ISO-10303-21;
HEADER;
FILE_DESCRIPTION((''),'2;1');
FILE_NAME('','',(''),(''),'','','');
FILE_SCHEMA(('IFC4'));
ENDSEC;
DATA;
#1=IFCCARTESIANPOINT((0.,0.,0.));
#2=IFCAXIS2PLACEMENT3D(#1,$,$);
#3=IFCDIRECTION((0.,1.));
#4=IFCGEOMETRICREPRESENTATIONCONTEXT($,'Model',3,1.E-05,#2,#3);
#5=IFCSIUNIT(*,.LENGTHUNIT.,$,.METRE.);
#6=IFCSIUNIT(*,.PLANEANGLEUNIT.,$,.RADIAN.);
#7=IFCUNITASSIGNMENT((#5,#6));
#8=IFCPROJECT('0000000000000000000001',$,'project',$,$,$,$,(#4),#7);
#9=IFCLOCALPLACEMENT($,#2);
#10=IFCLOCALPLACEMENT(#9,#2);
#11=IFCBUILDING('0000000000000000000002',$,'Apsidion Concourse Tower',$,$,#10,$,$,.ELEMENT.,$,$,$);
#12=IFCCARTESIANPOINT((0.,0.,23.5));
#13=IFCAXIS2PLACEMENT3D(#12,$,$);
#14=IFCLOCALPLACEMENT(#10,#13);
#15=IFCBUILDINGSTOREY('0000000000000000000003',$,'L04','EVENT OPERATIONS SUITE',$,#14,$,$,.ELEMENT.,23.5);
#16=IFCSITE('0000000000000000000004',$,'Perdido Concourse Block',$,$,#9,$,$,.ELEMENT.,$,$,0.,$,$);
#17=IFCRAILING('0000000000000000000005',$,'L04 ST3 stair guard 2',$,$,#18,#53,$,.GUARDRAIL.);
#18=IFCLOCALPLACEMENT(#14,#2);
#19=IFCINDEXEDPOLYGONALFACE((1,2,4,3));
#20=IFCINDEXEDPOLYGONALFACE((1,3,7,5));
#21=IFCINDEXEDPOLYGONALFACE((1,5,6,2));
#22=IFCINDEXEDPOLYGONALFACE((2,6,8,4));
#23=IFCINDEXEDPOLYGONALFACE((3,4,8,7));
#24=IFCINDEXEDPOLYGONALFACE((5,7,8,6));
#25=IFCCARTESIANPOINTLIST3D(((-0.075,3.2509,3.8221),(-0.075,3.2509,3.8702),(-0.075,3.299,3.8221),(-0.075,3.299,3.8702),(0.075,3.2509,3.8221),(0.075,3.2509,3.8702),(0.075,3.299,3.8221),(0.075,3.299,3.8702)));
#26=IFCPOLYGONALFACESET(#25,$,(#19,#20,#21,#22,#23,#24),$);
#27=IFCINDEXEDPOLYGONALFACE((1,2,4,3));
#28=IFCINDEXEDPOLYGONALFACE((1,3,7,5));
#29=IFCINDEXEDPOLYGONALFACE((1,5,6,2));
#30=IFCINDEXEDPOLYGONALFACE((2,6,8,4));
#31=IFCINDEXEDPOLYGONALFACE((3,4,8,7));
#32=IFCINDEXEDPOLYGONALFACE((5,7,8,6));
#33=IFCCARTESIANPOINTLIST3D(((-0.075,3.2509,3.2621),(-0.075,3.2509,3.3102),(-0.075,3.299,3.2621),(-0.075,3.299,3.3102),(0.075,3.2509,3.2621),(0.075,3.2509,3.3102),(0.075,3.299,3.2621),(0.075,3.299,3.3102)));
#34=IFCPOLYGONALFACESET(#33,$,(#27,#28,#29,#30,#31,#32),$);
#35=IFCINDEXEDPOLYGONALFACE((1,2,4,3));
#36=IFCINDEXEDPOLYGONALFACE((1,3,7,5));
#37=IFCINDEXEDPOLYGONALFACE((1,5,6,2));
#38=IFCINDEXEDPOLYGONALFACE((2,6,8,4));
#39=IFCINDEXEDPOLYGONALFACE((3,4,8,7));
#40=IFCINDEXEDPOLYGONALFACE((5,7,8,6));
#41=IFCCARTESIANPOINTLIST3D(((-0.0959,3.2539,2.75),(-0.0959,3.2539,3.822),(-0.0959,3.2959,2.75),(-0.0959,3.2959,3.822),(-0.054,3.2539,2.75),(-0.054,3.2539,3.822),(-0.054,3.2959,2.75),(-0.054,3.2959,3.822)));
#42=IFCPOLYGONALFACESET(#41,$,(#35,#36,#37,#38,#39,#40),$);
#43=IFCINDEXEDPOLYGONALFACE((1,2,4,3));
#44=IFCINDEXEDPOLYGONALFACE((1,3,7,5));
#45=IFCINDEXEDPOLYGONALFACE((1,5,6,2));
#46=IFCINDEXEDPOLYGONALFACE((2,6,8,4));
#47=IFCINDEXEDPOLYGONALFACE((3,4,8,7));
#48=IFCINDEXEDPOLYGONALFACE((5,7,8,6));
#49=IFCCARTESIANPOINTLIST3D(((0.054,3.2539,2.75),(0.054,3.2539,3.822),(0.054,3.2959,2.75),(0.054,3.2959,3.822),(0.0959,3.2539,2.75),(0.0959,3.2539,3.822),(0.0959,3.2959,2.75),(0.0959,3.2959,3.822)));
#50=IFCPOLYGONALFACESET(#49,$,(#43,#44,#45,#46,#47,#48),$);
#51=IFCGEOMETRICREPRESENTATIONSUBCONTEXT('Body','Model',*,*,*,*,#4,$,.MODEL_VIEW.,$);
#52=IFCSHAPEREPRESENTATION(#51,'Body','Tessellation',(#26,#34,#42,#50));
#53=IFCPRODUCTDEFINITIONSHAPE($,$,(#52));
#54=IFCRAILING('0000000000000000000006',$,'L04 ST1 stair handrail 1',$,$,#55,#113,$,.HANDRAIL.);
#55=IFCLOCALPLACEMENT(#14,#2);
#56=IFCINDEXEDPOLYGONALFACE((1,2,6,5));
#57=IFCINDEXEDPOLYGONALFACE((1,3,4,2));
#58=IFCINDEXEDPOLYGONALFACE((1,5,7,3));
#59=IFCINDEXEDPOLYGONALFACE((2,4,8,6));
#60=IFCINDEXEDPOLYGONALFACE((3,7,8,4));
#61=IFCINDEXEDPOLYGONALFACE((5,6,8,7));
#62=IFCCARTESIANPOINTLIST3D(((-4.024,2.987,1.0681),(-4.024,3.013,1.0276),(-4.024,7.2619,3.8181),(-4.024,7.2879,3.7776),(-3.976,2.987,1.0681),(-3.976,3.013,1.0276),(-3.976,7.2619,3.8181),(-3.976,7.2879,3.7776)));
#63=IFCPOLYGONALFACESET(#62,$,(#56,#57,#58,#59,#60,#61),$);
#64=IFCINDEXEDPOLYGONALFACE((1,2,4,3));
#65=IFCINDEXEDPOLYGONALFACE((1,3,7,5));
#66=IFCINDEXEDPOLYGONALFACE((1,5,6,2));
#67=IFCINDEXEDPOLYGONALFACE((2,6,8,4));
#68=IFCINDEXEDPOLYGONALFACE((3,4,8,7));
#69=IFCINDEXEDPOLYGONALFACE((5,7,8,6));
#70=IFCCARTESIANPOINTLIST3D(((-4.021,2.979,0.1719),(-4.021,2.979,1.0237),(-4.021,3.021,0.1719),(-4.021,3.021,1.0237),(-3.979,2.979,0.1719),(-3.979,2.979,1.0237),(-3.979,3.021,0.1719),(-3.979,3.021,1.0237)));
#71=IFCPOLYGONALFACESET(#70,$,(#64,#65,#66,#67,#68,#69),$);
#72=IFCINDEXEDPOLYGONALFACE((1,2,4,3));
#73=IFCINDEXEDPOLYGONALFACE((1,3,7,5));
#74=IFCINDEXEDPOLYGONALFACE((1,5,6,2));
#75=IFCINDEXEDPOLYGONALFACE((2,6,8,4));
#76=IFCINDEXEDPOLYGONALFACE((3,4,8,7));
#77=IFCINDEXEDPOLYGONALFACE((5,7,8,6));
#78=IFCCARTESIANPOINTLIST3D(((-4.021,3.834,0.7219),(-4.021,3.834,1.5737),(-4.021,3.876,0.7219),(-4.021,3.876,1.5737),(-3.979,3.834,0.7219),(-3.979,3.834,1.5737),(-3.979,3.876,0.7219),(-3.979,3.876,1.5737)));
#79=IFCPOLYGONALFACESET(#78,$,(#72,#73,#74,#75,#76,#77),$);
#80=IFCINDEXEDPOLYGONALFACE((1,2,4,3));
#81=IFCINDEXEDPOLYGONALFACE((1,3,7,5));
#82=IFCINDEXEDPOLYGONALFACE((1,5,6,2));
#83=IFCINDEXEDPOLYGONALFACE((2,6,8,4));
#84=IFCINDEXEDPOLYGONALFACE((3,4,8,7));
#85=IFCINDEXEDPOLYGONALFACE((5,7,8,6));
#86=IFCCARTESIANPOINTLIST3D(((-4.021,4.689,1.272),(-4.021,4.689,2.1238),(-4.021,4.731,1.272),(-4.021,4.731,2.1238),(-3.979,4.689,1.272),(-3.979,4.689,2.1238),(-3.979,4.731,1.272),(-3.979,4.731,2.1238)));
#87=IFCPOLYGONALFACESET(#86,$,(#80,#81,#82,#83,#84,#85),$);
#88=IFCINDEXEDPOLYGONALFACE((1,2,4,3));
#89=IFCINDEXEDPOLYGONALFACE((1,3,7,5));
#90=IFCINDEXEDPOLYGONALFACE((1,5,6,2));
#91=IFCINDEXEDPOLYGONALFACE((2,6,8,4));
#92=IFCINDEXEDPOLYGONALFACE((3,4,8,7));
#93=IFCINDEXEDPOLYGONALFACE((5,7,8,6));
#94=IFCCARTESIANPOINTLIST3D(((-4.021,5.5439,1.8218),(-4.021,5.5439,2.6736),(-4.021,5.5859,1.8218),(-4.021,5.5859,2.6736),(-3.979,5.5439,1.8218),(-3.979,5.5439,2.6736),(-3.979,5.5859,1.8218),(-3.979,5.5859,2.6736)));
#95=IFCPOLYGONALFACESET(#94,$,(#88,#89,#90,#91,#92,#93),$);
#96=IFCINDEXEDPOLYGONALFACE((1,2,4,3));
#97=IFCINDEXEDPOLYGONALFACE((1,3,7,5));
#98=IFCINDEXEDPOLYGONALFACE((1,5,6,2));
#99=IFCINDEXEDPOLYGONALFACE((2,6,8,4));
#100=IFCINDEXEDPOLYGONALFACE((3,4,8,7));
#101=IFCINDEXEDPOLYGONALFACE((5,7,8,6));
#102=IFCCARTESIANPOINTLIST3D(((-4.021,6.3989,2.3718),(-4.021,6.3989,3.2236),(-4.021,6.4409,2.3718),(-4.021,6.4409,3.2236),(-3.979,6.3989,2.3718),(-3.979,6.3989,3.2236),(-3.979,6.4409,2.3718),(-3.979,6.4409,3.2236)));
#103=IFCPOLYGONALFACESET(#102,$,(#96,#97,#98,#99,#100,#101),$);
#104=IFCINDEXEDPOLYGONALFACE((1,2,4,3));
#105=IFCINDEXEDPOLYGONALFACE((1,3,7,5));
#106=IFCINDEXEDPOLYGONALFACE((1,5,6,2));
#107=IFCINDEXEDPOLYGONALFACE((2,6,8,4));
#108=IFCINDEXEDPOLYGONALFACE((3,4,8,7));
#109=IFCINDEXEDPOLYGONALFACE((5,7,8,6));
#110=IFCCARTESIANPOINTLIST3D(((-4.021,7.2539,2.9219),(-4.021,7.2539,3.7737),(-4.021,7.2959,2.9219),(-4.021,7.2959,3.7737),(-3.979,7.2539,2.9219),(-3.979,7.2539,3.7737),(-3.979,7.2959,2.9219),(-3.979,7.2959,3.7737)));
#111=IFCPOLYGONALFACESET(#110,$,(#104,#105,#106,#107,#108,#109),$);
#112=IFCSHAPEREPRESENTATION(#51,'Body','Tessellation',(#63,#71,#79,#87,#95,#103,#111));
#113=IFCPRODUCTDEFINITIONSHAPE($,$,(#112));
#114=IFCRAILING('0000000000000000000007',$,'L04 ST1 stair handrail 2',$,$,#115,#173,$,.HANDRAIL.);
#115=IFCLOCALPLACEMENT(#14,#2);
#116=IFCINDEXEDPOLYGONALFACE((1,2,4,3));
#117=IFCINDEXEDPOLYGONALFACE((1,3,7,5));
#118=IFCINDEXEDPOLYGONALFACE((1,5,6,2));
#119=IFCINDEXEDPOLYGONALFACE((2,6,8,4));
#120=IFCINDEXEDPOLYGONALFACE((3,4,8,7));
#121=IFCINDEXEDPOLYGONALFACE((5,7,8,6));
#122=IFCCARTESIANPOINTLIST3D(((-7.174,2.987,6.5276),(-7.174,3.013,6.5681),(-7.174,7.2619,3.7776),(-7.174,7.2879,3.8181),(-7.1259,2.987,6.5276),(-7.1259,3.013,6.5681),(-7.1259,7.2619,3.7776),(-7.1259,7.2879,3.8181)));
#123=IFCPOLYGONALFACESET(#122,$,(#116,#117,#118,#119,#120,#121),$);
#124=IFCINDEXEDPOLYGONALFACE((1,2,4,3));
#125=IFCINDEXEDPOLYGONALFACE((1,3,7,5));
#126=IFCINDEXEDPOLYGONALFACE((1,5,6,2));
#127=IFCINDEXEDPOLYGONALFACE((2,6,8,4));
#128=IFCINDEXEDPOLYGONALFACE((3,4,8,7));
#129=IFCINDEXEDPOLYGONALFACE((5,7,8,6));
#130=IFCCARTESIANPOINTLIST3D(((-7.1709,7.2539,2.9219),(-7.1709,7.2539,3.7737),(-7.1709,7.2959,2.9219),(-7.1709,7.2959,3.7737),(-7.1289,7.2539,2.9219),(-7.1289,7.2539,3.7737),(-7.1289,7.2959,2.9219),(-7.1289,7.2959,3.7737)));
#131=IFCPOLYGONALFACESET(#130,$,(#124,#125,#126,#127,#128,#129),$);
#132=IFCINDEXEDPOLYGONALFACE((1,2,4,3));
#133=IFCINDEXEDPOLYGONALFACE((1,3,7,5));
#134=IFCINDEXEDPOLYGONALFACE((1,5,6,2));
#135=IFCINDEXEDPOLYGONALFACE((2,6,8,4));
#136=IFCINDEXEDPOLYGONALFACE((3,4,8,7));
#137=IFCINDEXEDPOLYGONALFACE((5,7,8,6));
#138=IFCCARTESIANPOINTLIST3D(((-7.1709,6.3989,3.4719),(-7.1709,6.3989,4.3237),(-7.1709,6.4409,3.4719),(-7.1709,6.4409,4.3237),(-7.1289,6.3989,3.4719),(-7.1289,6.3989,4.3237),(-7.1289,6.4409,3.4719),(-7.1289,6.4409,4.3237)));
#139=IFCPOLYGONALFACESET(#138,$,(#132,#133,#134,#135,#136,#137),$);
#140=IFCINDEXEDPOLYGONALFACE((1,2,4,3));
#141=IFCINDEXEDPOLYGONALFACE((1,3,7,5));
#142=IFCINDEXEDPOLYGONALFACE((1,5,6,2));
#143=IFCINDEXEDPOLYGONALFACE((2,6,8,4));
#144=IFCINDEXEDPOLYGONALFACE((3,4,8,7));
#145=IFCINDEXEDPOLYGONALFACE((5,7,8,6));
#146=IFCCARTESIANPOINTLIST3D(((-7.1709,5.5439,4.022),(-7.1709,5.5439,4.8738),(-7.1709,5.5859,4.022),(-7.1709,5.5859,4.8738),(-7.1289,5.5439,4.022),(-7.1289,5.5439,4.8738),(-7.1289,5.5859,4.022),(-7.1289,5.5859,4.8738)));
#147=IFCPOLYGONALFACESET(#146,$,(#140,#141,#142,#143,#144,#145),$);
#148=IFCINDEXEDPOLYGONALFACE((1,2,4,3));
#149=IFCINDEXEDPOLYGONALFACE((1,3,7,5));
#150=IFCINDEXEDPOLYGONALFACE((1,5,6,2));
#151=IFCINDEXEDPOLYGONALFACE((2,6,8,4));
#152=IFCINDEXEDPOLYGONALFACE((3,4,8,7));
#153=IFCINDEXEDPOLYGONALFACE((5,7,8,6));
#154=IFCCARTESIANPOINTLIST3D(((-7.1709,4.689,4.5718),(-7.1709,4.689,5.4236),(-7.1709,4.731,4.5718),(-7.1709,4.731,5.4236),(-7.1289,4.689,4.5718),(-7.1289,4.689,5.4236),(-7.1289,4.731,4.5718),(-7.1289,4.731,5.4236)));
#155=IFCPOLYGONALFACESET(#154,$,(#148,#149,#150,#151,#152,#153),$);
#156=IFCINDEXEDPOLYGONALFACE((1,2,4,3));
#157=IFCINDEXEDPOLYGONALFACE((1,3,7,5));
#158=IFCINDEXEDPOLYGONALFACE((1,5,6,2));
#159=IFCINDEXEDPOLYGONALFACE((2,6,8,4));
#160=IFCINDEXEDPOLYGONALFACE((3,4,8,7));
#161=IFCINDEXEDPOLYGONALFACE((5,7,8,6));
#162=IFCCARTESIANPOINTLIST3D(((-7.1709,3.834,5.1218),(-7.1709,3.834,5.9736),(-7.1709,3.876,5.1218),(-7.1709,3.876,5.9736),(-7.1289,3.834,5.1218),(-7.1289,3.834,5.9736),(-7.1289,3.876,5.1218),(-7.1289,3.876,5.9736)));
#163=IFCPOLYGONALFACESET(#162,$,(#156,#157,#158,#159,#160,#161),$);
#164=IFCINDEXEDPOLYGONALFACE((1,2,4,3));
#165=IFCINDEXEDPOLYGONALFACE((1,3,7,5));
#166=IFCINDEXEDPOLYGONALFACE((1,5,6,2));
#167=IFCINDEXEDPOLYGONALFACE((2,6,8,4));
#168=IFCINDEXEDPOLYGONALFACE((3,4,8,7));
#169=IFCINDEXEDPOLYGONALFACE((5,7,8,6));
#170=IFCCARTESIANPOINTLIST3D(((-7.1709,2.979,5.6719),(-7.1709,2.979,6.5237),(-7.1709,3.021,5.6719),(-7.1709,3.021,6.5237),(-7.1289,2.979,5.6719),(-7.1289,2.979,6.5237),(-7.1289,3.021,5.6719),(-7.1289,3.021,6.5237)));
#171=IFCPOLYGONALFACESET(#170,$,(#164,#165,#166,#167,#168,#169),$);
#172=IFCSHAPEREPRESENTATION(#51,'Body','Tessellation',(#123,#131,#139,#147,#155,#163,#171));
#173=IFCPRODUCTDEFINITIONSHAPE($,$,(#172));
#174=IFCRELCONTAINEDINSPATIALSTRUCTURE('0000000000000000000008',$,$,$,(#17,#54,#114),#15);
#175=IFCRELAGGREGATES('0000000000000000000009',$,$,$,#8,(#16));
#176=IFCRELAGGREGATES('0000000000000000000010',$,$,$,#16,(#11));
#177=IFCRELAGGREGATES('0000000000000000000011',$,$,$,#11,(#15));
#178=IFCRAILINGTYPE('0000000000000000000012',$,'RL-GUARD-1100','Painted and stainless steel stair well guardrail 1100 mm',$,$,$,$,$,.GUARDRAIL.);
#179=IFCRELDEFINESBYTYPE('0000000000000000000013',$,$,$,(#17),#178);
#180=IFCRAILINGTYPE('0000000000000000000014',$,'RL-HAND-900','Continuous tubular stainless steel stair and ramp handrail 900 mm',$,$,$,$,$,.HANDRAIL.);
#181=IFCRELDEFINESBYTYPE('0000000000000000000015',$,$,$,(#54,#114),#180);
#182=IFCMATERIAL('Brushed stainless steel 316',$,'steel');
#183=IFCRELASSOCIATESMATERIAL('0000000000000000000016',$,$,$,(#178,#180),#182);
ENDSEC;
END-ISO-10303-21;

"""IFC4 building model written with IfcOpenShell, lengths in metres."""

from ifc_helpers import new_model, si_unit, direction, frame, origin, origin_2d, place, context, subcontext, project, spatial, rectangle, extrude, material, type_object, element, save


model = new_model("IFC4")

# Units and contexts
model_context = context("Model", 3, precision=1e-05, world=origin(), true_north=direction((0.0, 1.0)))
body_context = subcontext(model_context, "Body", "Model", "MODEL_VIEW")
ifc_project = project(units=[si_unit("LENGTHUNIT", "METRE"), si_unit("PLANEANGLEUNIT", "RADIAN")], contexts=[model_context])

# Site, building, storey
site_placement = place(None, origin())
site = spatial("IfcSite", under=ifc_project, at=site_placement, Name="Perdido Concourse Block", CompositionType="ELEMENT", RefElevation=0.0)
building_placement = place(site_placement, origin())
building = spatial("IfcBuilding", under=site, at=building_placement, Name="Apsidion Concourse Tower", CompositionType="ELEMENT")
storey_placement = place(building_placement, frame((0.0, 0.0, 23.5)))
storey = spatial("IfcBuildingStorey", under=building, at=storey_placement, Name="L04", Description="EVENT OPERATIONS SUITE", CompositionType="ELEMENT", Elevation=23.5)

# Railings
ifc_material_1 = material(Name="Brushed stainless steel 316", Category="steel")
railing_type_1 = type_object("IfcRailingType", Name="RL-GUARD-1100", Description="Painted and stainless steel stair well guardrail 1100 mm", PredefinedType="GUARDRAIL", material=ifc_material_1)
railing_1_placement = place(storey_placement, frame((-0.075, 3.2749, 2.75)))
element("IfcRailing", 1, at=railing_1_placement, inside=storey, type_object=railing_type_1, Name="L04 ST3 stair guard 2", PredefinedType="GUARDRAIL", context=body_context, shape_type="SweptSolid", body=[
    extrude(rectangle(XDim=0.0481, YDim=0.0481, at=origin_2d()), frame((0.0, 0.0, 1.0962), z_axis=(1.0, 0.0, 0.0), x_axis=(0.0, 1.0, 0.0)), (0.0, 0.0, 1.0), 0.1499),
    extrude(rectangle(XDim=0.0481, YDim=0.0481, at=origin_2d()), frame((0.0, 0.0, 0.5361), z_axis=(1.0, 0.0, 0.0), x_axis=(0.0, 1.0, 0.0)), (0.0, 0.0, 1.0), 0.1499),
    extrude(rectangle(XDim=0.042, YDim=0.042, at=origin_2d()), origin(), (0.0, 0.0, 1.0), 1.072),
    extrude(rectangle(XDim=0.042, YDim=0.042, at=origin_2d()), frame((0.1499, 0.0, 0.0)), (0.0, 0.0, 1.0), 1.072),
])
railing_type_2 = type_object("IfcRailingType", Name="RL-HAND-900", Description="Continuous tubular stainless steel stair and ramp handrail 900 mm", PredefinedType="HANDRAIL", material=ifc_material_1)
railing_2_placement = place(storey_placement, frame((-4.0, 3.0, 0.1719)))
element("IfcRailing", 2, at=railing_2_placement, inside=storey, type_object=railing_type_2, Name="L04 ST1 stair handrail 1", PredefinedType="HANDRAIL", context=body_context, shape_type="SweptSolid", body=[
    extrude(rectangle(XDim=0.0481, YDim=0.0481, at=origin_2d()), frame((0.0, 0.0, 0.876), z_axis=(0.0, 0.841013, 0.541015), x_axis=(-1.0, 0.0, 0.0)), (0.0, 0.0, 1.0), 5.083),
    extrude(rectangle(XDim=0.042, YDim=0.042, at=origin_2d()), origin(), (0.0, 0.0, 1.0), 0.8518),
    extrude(rectangle(XDim=0.042, YDim=0.042, at=origin_2d()), frame((0.0, 0.855, 0.55)), (0.0, 0.0, 1.0), 0.8518),
    extrude(rectangle(XDim=0.042, YDim=0.042, at=origin_2d()), frame((0.0, 1.71, 1.1001)), (0.0, 0.0, 1.0), 0.8518),
    extrude(rectangle(XDim=0.042, YDim=0.042, at=origin_2d()), frame((0.0, 2.5649, 1.6499)), (0.0, 0.0, 1.0), 0.8518),
    extrude(rectangle(XDim=0.042, YDim=0.042, at=origin_2d()), frame((0.0, 3.4199, 2.2)), (0.0, 0.0, 1.0), 0.8518),
    extrude(rectangle(XDim=0.042, YDim=0.042, at=origin_2d()), frame((0.0, 4.2749, 2.75)), (0.0, 0.0, 1.0), 0.8518),
])
railing_3_placement = place(storey_placement, frame((-7.1499, 7.2749, 2.9219)))
element("IfcRailing", 3, at=railing_3_placement, inside=storey, type_object=railing_type_2, Name="L04 ST1 stair handrail 2", PredefinedType="HANDRAIL", context=body_context, shape_type="SweptSolid", body=[
    extrude(rectangle(XDim=0.0481, YDim=0.0481, at=origin_2d()), frame((0.0, 0.0, 0.876), z_axis=(0.0, -0.841013, 0.541015), x_axis=(1.0, 0.0, 0.0)), (0.0, 0.0, 1.0), 5.083),
    extrude(rectangle(XDim=0.042, YDim=0.042, at=origin_2d()), origin(), (0.0, 0.0, 1.0), 0.8518),
    extrude(rectangle(XDim=0.042, YDim=0.042, at=origin_2d()), frame((0.0, -0.855, 0.55)), (0.0, 0.0, 1.0), 0.8518),
    extrude(rectangle(XDim=0.042, YDim=0.042, at=origin_2d()), frame((0.0, -1.71, 1.1001)), (0.0, 0.0, 1.0), 0.8518),
    extrude(rectangle(XDim=0.042, YDim=0.042, at=origin_2d()), frame((0.0, -2.5649, 1.6499)), (0.0, 0.0, 1.0), 0.8518),
    extrude(rectangle(XDim=0.042, YDim=0.042, at=origin_2d()), frame((0.0, -3.4199, 2.2)), (0.0, 0.0, 1.0), 0.8518),
    extrude(rectangle(XDim=0.042, YDim=0.042, at=origin_2d()), frame((0.0, -4.2749, 2.75)), (0.0, 0.0, 1.0), 0.8518),
])

save(model, "model.ifc")
